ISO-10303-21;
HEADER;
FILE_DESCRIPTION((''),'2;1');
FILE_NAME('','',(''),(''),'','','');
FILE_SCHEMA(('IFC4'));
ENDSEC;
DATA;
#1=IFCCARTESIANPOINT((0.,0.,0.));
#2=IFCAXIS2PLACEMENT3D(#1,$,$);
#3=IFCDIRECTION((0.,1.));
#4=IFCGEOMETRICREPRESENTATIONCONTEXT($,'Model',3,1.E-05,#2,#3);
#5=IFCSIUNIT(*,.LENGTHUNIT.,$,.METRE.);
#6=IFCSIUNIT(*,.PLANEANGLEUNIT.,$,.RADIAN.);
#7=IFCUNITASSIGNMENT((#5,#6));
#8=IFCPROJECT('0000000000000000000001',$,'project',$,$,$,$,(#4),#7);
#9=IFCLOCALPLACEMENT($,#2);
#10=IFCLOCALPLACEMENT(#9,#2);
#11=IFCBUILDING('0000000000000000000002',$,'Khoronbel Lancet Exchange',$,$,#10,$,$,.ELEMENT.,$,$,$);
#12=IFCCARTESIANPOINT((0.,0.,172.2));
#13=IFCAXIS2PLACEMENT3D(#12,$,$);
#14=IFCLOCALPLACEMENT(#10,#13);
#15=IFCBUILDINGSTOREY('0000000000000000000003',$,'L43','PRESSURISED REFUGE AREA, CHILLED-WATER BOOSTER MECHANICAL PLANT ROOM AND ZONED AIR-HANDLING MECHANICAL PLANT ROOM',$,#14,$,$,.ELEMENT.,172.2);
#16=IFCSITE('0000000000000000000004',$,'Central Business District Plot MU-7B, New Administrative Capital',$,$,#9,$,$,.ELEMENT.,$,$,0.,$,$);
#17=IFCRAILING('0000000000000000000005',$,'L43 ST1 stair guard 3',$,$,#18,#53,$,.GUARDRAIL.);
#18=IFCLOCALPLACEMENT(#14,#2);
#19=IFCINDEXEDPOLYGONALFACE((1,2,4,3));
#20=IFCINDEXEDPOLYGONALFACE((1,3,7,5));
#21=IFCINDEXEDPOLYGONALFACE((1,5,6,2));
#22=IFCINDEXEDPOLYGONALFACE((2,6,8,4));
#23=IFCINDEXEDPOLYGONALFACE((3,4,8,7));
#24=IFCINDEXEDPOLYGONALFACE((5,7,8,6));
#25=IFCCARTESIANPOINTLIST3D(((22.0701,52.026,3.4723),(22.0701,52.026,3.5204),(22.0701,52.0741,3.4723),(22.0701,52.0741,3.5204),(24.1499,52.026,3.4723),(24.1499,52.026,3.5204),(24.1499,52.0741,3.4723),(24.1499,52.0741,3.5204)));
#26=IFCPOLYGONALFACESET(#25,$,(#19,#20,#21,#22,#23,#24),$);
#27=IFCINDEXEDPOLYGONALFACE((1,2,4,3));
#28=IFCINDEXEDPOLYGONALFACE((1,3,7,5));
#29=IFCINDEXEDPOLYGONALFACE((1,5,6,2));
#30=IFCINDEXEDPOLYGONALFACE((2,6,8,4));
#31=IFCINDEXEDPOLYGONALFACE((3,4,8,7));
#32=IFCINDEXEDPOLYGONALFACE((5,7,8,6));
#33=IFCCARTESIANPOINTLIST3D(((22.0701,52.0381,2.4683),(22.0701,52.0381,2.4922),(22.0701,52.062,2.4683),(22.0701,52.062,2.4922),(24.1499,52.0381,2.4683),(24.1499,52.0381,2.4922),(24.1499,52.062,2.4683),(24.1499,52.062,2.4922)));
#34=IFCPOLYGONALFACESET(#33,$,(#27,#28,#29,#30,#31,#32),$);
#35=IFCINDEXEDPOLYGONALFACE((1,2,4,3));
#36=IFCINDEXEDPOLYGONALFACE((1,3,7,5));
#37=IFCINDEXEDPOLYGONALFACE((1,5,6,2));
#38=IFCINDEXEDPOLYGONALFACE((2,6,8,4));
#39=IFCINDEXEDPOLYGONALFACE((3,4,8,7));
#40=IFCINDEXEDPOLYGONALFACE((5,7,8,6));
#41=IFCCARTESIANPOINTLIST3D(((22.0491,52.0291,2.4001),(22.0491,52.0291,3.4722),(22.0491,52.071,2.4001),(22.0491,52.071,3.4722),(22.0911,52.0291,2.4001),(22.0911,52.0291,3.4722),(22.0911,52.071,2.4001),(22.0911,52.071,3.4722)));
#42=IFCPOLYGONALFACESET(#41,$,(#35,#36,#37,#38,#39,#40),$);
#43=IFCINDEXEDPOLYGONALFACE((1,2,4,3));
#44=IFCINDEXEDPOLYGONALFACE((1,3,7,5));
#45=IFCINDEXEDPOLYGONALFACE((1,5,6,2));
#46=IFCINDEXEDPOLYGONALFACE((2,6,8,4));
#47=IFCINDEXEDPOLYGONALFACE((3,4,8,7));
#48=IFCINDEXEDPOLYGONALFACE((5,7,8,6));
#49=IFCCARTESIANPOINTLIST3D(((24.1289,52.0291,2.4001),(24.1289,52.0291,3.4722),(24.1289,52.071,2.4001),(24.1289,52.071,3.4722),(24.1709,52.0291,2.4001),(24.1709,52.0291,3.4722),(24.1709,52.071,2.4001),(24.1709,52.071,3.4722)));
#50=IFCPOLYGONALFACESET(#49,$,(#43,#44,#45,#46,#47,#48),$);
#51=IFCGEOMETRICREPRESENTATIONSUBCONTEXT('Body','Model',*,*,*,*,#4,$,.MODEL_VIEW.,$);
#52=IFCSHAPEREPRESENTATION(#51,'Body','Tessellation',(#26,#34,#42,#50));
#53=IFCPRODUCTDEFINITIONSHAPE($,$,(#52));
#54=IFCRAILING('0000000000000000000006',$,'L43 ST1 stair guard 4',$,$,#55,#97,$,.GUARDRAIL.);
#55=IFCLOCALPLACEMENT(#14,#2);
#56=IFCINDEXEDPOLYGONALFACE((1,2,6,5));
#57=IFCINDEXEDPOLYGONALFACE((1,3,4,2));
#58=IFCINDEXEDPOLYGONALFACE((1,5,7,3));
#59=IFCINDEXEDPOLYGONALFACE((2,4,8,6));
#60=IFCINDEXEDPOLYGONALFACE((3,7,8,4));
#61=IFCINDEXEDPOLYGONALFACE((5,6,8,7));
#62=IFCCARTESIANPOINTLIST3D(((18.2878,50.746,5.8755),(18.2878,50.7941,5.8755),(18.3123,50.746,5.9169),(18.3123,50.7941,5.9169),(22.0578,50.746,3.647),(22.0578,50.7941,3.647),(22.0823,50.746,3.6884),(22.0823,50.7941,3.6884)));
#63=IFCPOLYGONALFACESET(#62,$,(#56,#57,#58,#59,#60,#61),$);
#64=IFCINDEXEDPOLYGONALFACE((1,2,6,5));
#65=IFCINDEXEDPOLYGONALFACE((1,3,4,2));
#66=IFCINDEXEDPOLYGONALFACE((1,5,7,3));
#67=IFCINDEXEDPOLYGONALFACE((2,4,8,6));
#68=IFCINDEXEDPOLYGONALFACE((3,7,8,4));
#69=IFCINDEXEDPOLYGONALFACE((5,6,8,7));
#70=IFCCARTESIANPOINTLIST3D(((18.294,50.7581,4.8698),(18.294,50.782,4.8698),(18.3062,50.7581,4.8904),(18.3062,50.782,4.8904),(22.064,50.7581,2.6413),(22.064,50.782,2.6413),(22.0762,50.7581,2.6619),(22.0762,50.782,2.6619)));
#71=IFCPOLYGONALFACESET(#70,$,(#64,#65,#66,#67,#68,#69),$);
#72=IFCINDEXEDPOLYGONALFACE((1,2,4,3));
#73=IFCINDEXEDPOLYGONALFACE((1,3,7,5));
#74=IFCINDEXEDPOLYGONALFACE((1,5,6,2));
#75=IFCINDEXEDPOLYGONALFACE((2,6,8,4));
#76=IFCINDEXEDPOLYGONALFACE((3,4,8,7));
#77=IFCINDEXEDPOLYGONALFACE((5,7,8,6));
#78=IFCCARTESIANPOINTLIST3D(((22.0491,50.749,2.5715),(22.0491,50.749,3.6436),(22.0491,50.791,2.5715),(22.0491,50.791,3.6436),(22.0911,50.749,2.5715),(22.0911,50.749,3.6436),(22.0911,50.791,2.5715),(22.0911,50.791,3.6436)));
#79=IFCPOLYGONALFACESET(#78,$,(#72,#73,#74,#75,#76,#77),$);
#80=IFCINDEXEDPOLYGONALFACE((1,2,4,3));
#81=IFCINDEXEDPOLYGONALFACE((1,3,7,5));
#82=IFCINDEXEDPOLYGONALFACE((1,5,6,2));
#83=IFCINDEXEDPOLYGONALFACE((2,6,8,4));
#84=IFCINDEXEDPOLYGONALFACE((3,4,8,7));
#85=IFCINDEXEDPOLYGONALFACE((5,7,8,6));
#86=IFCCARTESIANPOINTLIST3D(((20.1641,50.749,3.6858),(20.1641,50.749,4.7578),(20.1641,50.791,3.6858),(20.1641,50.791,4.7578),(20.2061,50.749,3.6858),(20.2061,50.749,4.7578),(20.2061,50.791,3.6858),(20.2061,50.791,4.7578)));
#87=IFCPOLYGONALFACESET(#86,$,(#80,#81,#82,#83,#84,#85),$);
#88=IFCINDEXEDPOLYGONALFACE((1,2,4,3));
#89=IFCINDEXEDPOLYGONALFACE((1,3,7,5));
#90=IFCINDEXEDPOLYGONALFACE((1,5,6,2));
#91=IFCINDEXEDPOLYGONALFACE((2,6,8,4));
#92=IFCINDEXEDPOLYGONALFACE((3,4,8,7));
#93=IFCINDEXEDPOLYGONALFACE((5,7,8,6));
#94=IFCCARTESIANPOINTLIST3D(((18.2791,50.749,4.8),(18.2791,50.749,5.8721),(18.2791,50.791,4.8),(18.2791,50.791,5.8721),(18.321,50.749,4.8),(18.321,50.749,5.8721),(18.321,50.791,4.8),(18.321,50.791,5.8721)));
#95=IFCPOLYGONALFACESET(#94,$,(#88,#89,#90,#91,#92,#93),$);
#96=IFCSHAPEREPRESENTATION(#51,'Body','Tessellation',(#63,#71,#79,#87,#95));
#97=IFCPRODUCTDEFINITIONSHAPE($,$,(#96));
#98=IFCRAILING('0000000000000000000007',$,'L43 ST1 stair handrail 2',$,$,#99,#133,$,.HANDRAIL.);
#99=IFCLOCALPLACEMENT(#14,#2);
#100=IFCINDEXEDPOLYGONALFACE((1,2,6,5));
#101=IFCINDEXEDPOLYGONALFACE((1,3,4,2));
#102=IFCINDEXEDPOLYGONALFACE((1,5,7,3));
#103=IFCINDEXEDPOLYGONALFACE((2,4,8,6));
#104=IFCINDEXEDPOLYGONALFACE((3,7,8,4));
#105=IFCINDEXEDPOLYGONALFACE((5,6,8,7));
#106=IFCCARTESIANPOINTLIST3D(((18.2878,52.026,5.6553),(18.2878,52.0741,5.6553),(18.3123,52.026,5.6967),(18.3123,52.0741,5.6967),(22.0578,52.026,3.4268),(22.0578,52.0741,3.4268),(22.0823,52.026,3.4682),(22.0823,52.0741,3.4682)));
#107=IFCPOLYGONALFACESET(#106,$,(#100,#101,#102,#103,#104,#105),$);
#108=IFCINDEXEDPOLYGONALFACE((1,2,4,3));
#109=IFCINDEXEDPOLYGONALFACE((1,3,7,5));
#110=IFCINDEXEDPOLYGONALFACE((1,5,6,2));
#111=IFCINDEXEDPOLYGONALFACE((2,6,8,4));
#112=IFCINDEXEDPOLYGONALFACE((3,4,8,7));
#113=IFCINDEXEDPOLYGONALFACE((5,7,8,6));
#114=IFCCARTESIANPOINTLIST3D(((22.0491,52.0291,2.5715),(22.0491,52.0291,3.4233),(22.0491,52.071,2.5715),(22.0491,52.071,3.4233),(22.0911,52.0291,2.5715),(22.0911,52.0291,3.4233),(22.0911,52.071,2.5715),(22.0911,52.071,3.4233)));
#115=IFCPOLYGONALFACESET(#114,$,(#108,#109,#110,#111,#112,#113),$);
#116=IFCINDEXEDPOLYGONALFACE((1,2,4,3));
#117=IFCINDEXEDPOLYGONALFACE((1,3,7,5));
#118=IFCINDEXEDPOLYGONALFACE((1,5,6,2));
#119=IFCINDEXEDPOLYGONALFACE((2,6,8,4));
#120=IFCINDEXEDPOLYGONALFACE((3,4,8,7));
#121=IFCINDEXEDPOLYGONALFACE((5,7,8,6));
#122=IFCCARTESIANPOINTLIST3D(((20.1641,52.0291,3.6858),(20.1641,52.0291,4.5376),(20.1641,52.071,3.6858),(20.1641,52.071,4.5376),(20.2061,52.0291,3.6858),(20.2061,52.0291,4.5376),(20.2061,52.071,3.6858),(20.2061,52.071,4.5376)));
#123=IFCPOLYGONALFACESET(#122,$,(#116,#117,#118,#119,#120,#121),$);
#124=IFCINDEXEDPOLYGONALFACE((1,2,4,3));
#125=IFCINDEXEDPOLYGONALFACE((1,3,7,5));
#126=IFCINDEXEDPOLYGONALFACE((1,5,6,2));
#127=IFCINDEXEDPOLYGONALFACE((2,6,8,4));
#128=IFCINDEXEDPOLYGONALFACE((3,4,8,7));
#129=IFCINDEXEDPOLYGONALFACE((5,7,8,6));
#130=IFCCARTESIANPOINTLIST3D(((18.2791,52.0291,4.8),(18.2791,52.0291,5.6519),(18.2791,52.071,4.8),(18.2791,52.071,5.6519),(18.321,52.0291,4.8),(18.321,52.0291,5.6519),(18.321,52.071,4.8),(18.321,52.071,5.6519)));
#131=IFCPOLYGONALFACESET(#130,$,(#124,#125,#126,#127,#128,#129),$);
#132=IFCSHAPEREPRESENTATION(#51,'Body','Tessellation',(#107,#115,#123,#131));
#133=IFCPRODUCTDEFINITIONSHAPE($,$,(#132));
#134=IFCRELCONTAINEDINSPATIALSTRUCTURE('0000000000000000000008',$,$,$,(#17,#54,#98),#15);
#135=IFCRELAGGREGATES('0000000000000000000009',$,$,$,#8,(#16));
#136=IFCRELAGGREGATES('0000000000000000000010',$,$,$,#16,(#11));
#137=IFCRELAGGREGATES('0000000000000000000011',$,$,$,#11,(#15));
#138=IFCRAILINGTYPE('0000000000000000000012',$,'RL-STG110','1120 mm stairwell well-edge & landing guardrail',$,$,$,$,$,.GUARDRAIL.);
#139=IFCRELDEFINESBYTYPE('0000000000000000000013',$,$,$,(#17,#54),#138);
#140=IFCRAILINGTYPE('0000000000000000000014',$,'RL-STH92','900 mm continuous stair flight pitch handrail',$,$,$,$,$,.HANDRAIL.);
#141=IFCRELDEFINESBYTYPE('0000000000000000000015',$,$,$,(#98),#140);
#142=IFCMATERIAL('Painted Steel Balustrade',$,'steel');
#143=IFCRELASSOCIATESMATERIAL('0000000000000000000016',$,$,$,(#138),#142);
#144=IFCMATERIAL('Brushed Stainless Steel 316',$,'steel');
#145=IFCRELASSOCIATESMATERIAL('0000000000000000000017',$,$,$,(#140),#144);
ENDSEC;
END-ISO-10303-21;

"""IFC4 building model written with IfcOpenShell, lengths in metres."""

from ifc_helpers import new_model, si_unit, direction, frame, origin, origin_2d, place, context, subcontext, project, spatial, rectangle, extrude, material, type_object, element, save


model = new_model("IFC4")

# Units and contexts
model_context = context("Model", 3, precision=1e-05, world=origin(), true_north=direction((0.0, 1.0)))
body_context = subcontext(model_context, "Body", "Model", "MODEL_VIEW")
ifc_project = project(units=[si_unit("LENGTHUNIT", "METRE"), si_unit("PLANEANGLEUNIT", "RADIAN")], contexts=[model_context])

# Site, building, storey
site_placement = place(None, origin())
site = spatial("IfcSite", under=ifc_project, at=site_placement, Name="Central Business District Plot MU-7B, New Administrative Capital", CompositionType="ELEMENT", RefElevation=0.0)
building_placement = place(site_placement, origin())
building = spatial("IfcBuilding", under=site, at=building_placement, Name="Khoronbel Lancet Exchange", CompositionType="ELEMENT")
storey_placement = place(building_placement, frame((0.0, 0.0, 172.2)))
storey = spatial("IfcBuildingStorey", under=building, at=storey_placement, Name="L43", Description="PRESSURISED REFUGE AREA, CHILLED-WATER BOOSTER MECHANICAL PLANT ROOM AND ZONED AIR-HANDLING MECHANICAL PLANT ROOM", CompositionType="ELEMENT", Elevation=172.2)

# Railings
ifc_material_1 = material(Name="Painted Steel Balustrade", Category="steel")
railing_type_1 = type_object("IfcRailingType", Name="RL-STG110", Description="1120 mm stairwell well-edge & landing guardrail", PredefinedType="GUARDRAIL", material=ifc_material_1)
railing_1_placement = place(storey_placement, frame((22.0701, 52.05, 2.4001)))
element("IfcRailing", 1, at=railing_1_placement, inside=storey, type_object=railing_type_1, Name="L43 ST1 stair guard 3", PredefinedType="GUARDRAIL", context=body_context, shape_type="SweptSolid", body=[
    extrude(rectangle(XDim=0.0481, YDim=0.0481, at=origin_2d()), frame((0.0, 0.0, 1.0962), z_axis=(1.0, 0.0, 0.0), x_axis=(0.0, 1.0, 0.0)), (0.0, 0.0, 1.0), 2.0798),
    extrude(rectangle(XDim=0.0239, YDim=0.0239, at=origin_2d()), frame((0.0, 0.0, 0.0801), z_axis=(1.0, 0.0, 0.0), x_axis=(0.0, 1.0, 0.0)), (0.0, 0.0, 1.0), 2.0798),
    extrude(rectangle(XDim=0.042, YDim=0.042, at=origin_2d()), origin(), (0.0, 0.0, 1.0), 1.072),
    extrude(rectangle(XDim=0.042, YDim=0.042, at=origin_2d()), frame((2.0798, 0.0, 0.0)), (0.0, 0.0, 1.0), 1.072),
])
railing_2_placement = place(storey_placement, frame((22.0701, 50.77, 2.5715)))
element("IfcRailing", 2, at=railing_2_placement, inside=storey, type_object=railing_type_1, Name="L43 ST1 stair guard 4", PredefinedType="GUARDRAIL", context=body_context, shape_type="SweptSolid", body=[
    extrude(rectangle(XDim=0.0481, YDim=0.0481, at=origin_2d()), frame((0.0, 0.0, 1.0962), z_axis=(-0.860849, 0.0, 0.508861), x_axis=(0.0, -1.0, 0.0)), (0.0, 0.0, 1.0), 4.3794),
    extrude(rectangle(XDim=0.0239, YDim=0.0239, at=origin_2d()), frame((0.0, 0.0, 0.0801), z_axis=(-0.860849, 0.0, 0.508861), x_axis=(0.0, -1.0, 0.0)), (0.0, 0.0, 1.0), 4.3794),
    extrude(rectangle(XDim=0.042, YDim=0.042, at=origin_2d()), origin(), (0.0, 0.0, 1.0), 1.072),
    extrude(rectangle(XDim=0.042, YDim=0.042, at=origin_2d()), frame((-1.885, 0.0, 1.1143)), (0.0, 0.0, 1.0), 1.072),
    extrude(rectangle(XDim=0.042, YDim=0.042, at=origin_2d()), frame((-3.77, 0.0, 2.2285)), (0.0, 0.0, 1.0), 1.072),
])
ifc_material_2 = material(Name="Brushed Stainless Steel 316", Category="steel")
railing_type_2 = type_object("IfcRailingType", Name="RL-STH92", Description="900 mm continuous stair flight pitch handrail", PredefinedType="HANDRAIL", material=ifc_material_2)
railing_3_placement = place(storey_placement, frame((22.0701, 52.05, 2.5715)))
element("IfcRailing", 3, at=railing_3_placement, inside=storey, type_object=railing_type_2, Name="L43 ST1 stair handrail 2", PredefinedType="HANDRAIL", context=body_context, shape_type="SweptSolid", body=[
    extrude(rectangle(XDim=0.0481, YDim=0.0481, at=origin_2d()), frame((0.0, 0.0, 0.876), z_axis=(-0.860849, 0.0, 0.508861), x_axis=(0.0, -1.0, 0.0)), (0.0, 0.0, 1.0), 4.3794),
    extrude(rectangle(XDim=0.042, YDim=0.042, at=origin_2d()), origin(), (0.0, 0.0, 1.0), 0.8518),
    extrude(rectangle(XDim=0.042, YDim=0.042, at=origin_2d()), frame((-1.885, 0.0, 1.1143)), (0.0, 0.0, 1.0), 0.8518),
    extrude(rectangle(XDim=0.042, YDim=0.042, at=origin_2d()), frame((-3.77, 0.0, 2.2285)), (0.0, 0.0, 1.0), 0.8518),
])

save(model, "model.ifc")
